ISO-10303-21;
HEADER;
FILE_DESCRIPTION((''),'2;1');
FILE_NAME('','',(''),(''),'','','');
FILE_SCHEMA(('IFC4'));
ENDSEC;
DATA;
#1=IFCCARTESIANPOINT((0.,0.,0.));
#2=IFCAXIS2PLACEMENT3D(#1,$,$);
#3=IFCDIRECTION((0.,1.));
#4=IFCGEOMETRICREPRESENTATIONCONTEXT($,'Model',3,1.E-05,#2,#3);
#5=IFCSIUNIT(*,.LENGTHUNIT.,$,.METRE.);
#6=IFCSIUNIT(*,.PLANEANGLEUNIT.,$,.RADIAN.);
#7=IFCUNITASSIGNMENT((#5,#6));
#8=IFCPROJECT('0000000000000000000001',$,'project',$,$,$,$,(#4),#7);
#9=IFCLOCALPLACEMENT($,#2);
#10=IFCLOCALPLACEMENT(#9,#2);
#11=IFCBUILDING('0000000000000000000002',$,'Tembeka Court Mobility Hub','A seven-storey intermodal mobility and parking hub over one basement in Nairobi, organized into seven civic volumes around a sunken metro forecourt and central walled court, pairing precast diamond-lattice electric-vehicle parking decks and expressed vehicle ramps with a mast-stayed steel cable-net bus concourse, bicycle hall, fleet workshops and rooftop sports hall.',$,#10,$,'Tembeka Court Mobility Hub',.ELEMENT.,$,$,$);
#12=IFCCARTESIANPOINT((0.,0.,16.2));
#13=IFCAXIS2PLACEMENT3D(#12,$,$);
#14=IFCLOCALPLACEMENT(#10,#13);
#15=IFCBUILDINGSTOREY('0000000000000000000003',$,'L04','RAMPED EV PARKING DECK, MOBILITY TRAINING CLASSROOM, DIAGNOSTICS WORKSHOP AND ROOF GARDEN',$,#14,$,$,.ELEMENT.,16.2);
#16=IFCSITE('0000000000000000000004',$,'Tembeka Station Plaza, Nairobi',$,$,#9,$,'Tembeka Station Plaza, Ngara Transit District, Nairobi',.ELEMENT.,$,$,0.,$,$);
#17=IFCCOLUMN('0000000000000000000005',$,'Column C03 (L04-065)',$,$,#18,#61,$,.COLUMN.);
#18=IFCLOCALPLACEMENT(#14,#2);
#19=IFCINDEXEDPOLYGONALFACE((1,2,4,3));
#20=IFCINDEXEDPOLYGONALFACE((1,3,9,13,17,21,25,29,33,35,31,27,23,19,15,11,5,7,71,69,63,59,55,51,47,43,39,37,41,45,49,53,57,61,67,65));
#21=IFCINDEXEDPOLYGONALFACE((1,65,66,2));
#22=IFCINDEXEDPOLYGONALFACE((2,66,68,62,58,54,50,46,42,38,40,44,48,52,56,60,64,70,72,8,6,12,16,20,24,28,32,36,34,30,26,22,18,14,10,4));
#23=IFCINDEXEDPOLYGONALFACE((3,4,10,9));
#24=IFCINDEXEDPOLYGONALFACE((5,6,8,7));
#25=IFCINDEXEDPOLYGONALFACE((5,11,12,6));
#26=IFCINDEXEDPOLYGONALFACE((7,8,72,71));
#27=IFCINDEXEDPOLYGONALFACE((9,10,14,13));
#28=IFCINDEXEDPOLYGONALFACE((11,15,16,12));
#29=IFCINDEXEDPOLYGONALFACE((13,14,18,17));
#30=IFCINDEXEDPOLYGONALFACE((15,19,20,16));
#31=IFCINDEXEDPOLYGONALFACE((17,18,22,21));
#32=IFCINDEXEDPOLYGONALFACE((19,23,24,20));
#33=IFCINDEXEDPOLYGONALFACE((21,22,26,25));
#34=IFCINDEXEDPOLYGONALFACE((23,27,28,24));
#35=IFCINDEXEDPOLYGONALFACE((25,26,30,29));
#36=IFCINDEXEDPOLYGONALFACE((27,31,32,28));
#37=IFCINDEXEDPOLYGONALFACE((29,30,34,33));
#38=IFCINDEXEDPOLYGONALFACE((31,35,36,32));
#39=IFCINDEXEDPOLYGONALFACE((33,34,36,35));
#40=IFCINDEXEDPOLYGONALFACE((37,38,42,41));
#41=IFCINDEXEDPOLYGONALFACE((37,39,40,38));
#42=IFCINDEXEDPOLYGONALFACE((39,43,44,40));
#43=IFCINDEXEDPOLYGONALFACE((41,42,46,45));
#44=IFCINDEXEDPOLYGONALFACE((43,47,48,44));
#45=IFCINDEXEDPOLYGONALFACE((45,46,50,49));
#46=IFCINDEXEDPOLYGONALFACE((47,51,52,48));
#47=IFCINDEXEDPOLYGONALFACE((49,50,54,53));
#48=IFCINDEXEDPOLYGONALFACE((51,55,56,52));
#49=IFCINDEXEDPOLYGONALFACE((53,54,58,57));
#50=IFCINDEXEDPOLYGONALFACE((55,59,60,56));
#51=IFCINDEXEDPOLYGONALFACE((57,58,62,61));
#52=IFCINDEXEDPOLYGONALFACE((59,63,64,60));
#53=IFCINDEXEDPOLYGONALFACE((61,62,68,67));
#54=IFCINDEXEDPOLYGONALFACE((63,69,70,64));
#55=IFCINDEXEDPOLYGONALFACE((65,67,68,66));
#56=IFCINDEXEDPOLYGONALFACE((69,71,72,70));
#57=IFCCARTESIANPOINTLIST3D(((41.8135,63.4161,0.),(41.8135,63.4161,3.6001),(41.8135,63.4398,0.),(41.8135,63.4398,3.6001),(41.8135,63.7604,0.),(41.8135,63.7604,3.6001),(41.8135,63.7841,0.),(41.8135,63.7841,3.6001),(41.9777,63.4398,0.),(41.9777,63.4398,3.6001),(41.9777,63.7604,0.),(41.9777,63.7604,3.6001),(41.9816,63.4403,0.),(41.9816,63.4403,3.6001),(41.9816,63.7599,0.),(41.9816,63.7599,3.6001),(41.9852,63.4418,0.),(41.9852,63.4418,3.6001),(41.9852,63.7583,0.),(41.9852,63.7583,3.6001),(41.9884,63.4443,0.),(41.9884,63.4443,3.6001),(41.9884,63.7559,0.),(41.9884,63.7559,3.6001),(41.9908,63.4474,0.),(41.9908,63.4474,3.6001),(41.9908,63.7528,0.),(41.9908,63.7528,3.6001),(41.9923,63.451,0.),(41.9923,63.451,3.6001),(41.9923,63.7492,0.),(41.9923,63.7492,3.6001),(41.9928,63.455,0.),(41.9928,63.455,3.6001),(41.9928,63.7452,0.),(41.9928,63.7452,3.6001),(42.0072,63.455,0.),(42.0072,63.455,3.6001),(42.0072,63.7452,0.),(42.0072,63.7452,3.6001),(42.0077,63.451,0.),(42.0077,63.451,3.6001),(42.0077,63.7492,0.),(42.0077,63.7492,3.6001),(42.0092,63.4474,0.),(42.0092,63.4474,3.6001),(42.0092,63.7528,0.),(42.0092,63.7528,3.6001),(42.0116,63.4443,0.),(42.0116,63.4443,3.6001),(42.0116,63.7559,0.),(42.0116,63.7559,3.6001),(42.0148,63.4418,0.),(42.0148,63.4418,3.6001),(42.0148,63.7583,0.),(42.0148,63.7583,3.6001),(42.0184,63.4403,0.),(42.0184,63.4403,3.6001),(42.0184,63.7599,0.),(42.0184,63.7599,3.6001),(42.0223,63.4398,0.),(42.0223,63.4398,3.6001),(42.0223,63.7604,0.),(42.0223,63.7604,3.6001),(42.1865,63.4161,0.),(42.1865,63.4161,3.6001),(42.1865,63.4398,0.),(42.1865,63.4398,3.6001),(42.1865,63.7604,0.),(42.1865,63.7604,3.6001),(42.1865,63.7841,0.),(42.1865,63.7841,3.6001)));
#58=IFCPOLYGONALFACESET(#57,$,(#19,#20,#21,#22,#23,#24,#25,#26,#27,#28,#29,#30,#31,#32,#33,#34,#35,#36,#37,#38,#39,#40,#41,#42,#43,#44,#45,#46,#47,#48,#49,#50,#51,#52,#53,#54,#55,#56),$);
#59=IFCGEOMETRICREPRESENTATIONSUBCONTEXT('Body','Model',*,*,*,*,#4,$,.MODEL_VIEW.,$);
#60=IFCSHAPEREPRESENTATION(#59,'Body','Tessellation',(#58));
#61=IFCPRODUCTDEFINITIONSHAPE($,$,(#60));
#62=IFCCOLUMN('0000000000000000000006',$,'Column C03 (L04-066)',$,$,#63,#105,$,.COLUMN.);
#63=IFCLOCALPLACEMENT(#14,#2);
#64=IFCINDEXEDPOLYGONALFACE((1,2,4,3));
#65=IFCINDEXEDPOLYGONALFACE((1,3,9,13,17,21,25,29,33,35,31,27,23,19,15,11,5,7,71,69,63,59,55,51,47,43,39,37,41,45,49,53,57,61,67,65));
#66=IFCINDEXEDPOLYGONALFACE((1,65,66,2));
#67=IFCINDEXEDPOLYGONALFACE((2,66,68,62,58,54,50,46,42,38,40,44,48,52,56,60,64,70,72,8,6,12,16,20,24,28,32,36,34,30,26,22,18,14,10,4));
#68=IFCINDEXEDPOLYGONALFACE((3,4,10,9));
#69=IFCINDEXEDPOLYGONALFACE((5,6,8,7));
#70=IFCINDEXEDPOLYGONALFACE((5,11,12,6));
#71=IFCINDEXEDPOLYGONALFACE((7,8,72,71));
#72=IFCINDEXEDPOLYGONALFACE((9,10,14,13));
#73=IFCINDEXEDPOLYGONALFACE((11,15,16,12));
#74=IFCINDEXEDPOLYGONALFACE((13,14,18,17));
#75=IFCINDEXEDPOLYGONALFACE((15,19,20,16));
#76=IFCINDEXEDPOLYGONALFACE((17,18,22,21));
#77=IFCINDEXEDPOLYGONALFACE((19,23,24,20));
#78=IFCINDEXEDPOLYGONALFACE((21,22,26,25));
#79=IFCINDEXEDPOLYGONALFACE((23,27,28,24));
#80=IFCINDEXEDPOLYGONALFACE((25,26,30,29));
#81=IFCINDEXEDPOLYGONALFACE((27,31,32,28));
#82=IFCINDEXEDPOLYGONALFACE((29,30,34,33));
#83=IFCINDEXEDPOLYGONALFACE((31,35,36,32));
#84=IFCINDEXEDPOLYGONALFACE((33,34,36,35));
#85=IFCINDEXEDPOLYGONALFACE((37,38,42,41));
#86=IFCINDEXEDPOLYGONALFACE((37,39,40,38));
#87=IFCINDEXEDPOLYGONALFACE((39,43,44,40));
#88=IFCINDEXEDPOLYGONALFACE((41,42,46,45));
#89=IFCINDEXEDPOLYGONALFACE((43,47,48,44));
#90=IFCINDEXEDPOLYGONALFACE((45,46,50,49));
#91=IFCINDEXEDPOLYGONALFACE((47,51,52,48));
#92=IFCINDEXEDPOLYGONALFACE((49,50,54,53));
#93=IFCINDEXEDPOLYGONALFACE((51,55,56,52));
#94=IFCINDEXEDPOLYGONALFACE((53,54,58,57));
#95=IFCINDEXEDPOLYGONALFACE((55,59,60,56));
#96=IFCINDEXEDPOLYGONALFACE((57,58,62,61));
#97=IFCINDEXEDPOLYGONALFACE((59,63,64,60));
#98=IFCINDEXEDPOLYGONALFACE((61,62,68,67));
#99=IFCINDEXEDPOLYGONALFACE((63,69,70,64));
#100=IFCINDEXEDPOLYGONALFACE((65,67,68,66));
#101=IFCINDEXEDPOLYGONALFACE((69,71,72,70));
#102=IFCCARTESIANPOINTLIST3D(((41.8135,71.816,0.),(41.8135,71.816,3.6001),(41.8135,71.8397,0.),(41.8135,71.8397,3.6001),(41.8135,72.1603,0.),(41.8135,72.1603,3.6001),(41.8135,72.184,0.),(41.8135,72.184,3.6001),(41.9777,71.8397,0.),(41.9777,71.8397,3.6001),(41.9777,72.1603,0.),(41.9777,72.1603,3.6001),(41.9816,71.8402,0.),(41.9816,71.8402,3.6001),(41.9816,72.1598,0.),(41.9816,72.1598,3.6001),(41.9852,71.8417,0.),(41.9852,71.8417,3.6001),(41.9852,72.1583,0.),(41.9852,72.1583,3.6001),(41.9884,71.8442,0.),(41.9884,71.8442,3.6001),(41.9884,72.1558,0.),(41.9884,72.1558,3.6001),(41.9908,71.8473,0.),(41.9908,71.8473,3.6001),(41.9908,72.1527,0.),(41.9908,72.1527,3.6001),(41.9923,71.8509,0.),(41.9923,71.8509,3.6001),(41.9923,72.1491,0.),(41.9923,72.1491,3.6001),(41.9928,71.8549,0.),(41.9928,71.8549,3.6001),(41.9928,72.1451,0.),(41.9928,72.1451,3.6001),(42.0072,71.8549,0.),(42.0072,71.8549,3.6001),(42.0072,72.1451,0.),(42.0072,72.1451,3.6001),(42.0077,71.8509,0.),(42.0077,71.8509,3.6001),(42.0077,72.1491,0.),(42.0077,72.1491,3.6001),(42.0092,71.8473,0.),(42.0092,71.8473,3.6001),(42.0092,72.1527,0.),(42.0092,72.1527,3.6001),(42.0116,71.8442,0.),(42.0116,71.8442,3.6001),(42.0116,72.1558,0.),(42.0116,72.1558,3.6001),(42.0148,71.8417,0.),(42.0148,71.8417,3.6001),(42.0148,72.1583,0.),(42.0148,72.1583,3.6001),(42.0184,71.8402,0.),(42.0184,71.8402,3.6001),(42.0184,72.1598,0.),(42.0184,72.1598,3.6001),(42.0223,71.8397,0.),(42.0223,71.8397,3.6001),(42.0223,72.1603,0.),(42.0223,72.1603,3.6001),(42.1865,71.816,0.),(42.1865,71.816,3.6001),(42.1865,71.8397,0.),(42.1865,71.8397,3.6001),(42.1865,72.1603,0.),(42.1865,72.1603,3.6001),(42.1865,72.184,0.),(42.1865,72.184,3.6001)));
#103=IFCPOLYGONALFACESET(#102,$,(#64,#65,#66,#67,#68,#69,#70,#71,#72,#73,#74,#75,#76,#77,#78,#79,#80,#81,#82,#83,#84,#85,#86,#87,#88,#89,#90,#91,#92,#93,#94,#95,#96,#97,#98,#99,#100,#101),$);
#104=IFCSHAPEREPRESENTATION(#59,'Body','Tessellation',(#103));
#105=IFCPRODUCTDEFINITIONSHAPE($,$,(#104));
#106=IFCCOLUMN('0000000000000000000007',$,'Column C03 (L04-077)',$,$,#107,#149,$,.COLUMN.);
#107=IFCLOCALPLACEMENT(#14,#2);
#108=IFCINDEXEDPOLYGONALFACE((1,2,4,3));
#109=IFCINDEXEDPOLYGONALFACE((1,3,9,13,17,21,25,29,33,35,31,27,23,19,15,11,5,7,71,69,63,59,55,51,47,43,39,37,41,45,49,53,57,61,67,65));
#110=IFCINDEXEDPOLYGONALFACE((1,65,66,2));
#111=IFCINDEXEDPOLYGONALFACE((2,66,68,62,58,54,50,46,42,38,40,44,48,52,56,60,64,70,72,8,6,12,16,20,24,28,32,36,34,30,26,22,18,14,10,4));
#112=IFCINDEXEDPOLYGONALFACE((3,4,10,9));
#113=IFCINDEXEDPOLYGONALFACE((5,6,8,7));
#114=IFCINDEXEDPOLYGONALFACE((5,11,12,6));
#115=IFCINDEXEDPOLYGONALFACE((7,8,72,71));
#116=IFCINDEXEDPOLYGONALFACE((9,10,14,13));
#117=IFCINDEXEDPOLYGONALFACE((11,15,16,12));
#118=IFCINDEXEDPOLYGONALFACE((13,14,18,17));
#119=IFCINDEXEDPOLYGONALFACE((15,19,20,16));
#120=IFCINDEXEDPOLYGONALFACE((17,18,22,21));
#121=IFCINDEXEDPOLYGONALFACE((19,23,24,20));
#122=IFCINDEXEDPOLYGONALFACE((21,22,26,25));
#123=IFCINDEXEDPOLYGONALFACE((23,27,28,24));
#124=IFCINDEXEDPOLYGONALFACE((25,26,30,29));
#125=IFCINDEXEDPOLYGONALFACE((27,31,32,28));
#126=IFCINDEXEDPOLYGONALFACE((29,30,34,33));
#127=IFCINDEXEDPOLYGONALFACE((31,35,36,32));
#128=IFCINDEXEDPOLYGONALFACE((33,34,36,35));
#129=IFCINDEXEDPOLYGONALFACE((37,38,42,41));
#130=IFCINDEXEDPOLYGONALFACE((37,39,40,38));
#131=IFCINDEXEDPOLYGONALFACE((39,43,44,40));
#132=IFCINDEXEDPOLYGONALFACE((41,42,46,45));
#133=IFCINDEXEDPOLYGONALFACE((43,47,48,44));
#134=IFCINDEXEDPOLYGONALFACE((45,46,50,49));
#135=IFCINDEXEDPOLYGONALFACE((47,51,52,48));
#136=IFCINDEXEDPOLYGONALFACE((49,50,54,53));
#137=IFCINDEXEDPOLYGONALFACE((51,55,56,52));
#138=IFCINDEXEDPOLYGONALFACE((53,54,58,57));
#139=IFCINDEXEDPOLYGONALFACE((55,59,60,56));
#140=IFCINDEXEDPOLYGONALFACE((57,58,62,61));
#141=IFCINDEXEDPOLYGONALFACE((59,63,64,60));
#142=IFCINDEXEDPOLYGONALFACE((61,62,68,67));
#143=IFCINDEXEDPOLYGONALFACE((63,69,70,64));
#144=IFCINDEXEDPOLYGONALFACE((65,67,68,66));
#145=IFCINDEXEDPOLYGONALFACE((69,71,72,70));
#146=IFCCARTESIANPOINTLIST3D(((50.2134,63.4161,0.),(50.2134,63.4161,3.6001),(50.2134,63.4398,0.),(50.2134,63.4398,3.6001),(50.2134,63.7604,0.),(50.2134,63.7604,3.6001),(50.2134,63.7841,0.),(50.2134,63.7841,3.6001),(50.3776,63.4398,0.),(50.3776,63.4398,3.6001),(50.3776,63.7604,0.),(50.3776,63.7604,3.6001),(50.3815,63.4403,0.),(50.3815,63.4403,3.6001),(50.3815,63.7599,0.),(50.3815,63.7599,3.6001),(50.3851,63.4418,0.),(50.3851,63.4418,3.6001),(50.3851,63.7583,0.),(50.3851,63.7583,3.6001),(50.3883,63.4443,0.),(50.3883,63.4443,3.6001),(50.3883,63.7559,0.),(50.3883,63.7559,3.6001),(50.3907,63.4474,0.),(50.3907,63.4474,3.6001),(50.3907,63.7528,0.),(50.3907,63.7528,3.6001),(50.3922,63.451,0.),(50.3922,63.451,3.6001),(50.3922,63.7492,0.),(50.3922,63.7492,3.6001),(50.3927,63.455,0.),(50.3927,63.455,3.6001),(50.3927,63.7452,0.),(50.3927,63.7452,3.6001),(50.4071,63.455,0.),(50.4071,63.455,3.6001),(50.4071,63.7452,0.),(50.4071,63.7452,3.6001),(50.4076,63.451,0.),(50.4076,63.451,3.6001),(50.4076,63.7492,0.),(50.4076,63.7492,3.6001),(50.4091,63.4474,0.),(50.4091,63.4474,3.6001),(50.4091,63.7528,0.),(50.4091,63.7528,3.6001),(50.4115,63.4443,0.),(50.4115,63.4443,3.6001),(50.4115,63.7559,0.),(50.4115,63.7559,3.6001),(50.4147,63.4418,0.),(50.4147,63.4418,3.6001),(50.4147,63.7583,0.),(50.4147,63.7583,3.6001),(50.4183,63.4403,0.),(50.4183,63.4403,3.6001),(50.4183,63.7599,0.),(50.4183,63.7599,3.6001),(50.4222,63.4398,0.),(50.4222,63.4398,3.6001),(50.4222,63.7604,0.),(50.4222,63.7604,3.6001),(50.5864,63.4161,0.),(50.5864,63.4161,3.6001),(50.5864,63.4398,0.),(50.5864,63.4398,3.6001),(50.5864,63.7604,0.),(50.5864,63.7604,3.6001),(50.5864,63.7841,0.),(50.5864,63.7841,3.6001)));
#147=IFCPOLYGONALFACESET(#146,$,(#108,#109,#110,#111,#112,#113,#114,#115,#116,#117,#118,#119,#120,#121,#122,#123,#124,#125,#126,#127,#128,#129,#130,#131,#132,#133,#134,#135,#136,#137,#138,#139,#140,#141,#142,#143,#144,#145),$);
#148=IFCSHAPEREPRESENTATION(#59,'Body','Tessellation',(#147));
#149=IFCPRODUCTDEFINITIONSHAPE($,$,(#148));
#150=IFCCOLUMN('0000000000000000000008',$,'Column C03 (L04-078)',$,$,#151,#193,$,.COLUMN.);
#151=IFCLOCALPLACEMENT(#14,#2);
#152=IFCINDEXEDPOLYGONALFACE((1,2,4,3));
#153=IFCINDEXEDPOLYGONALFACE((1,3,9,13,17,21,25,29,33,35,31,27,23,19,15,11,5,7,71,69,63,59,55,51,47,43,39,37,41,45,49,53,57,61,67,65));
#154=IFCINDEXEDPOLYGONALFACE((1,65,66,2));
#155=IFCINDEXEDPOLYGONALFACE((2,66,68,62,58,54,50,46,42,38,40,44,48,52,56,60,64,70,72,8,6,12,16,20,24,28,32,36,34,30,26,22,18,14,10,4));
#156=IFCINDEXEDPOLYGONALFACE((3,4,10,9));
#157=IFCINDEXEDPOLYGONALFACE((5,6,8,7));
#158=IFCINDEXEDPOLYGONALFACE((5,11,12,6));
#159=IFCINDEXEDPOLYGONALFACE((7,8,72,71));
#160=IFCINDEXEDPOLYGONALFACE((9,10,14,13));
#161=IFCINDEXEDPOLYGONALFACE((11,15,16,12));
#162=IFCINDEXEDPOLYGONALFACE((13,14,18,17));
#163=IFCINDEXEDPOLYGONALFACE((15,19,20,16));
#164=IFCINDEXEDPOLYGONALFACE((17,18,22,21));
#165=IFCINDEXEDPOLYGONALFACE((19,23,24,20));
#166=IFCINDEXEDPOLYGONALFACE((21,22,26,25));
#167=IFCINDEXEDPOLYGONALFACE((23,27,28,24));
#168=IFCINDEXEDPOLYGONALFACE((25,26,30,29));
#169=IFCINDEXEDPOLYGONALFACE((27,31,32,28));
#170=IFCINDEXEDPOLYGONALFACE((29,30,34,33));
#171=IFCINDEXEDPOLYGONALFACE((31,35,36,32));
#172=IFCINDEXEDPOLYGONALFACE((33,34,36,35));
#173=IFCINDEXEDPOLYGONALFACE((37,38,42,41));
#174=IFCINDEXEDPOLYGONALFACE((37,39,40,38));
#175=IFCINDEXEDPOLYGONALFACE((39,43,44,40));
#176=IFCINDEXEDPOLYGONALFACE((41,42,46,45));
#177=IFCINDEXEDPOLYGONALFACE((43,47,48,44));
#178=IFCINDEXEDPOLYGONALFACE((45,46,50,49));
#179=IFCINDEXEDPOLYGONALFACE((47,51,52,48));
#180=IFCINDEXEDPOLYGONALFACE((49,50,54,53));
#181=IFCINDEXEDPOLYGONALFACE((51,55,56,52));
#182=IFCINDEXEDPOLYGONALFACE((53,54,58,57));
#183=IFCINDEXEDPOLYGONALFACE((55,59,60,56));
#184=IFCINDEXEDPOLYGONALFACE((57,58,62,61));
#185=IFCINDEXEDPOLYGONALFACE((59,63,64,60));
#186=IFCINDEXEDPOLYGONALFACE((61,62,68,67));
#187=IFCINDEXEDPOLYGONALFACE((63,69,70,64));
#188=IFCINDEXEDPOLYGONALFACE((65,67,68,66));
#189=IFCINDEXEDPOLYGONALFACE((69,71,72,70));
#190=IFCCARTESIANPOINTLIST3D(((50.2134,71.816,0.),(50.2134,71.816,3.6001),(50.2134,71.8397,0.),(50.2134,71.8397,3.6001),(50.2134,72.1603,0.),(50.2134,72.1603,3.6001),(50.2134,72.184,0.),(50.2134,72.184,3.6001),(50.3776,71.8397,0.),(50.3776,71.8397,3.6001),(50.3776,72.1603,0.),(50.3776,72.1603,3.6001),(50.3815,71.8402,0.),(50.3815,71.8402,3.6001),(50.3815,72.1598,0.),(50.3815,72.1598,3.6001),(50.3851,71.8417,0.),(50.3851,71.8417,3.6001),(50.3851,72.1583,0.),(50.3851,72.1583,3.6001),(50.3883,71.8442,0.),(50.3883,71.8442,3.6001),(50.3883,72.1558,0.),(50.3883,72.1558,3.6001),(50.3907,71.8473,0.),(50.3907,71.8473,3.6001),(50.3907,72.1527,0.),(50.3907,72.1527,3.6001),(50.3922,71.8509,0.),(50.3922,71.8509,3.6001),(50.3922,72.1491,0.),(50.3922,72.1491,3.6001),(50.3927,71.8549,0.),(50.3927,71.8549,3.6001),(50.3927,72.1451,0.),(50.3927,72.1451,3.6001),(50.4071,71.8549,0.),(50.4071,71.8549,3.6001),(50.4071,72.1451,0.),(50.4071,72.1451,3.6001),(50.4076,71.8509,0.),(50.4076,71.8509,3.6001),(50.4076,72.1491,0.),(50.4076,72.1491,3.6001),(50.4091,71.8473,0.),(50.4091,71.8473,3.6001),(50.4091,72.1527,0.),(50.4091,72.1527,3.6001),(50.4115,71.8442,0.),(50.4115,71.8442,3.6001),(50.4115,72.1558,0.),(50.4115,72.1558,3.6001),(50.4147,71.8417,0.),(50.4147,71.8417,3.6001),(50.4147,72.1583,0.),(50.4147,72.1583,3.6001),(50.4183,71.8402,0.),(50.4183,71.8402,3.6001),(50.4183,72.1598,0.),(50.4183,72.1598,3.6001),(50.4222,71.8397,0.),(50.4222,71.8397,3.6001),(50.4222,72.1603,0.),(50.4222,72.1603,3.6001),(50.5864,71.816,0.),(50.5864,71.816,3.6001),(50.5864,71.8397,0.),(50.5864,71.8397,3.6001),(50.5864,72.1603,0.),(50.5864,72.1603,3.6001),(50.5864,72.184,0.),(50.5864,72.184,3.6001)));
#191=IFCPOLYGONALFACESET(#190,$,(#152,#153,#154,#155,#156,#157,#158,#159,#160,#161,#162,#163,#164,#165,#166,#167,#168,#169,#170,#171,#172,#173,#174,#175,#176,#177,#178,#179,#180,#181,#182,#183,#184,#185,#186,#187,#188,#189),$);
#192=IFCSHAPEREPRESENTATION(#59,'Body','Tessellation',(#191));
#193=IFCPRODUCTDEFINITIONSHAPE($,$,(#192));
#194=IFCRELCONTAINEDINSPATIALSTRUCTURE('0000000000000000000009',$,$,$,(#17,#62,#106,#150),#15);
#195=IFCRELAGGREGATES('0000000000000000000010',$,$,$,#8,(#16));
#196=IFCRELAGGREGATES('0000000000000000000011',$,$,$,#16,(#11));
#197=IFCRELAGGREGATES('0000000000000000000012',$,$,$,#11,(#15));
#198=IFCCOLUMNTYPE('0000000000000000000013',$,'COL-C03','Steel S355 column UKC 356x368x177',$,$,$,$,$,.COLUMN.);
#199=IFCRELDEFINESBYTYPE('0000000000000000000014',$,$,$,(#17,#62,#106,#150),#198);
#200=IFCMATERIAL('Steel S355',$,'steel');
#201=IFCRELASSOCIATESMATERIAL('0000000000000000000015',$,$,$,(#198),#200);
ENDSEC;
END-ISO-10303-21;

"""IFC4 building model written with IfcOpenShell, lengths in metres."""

from ifc_helpers import new_model, si_unit, direction, frame, origin, origin_2d, place, context, subcontext, project, spatial, i_section, extrude, material, material_profile, profile_set, type_object, element, save


model = new_model("IFC4")

# Units and contexts
model_context = context("Model", 3, precision=1e-05, world=origin(), true_north=direction((0.0, 1.0)))
body_context = subcontext(model_context, "Body", "Model", "MODEL_VIEW")
ifc_project = project(units=[si_unit("LENGTHUNIT", "METRE"), si_unit("PLANEANGLEUNIT", "RADIAN")], contexts=[model_context])

# Site, building, storey
site_placement = place(None, origin())
site = spatial("IfcSite", under=ifc_project, at=site_placement, Name="Tembeka Station Plaza, Nairobi", LongName="Tembeka Station Plaza, Ngara Transit District, Nairobi", CompositionType="ELEMENT", RefElevation=0.0)
building_placement = place(site_placement, origin())
building = spatial("IfcBuilding", under=site, at=building_placement, Name="Tembeka Court Mobility Hub", Description="A seven-storey intermodal mobility and parking hub over one basement in Nairobi, organized into seven civic volumes around a sunken metro forecourt and central walled court, pairing precast diamond-lattice electric-vehicle parking decks and expressed vehicle ramps with a mast-stayed steel cable-net bus concourse, bicycle hall, fleet workshops and rooftop sports hall.", LongName="Tembeka Court Mobility Hub", CompositionType="ELEMENT")
storey_placement = place(building_placement, frame((0.0, 0.0, 16.2)))
storey = spatial("IfcBuildingStorey", under=building, at=storey_placement, Name="L04", Description="RAMPED EV PARKING DECK, MOBILITY TRAINING CLASSROOM, DIAGNOSTICS WORKSHOP AND ROOF GARDEN", CompositionType="ELEMENT", Elevation=16.2)

# Columns
ifc_material_1 = material(Name="Steel S355", Category="steel")
ifc_material_profile_1 = material_profile(ifc_material_1, i_section(OverallWidth=0.373, OverallDepth=0.3679, WebThickness=0.0144, FlangeThickness=0.0237, FilletRadius=0.0151, at=origin_2d()), Name="UKC 356x368x177")
ifc_profile_set_1 = profile_set([ifc_material_profile_1], Name="Steel S355")
column_type = type_object("IfcColumnType", Name="COL-C03", Description="Steel S355 column UKC 356x368x177", PredefinedType="COLUMN", material=ifc_profile_set_1)
for number, where, z_axis, x_axis, name in (
    (1, (42.0, 63.6001, 0.0), (0.0, 0.0, 1.0), (1.0, 0.0, 0.0), "Column C03 (L04-065)"),
    (2, (42.0, 72.0, 0.0), (0.0, 0.0, 1.0), (1.0, 0.0, 0.0), "Column C03 (L04-066)"),
    (3, (50.3999, 63.6001, 0.0), (0.0, 0.0, 1.0), (1.0, 0.0, 0.0), "Column C03 (L04-077)"),
    (4, (50.3999, 72.0, 0.0), (0.0, 0.0, 1.0), (1.0, 0.0, 0.0), "Column C03 (L04-078)"),
):
    element("IfcColumn", number, at=place(storey_placement, frame(where, z_axis=z_axis, x_axis=x_axis)), inside=storey, type_object=column_type, Name=name, PredefinedType="COLUMN", context=body_context, shape_type="SweptSolid", body=[
        extrude(i_section(OverallWidth=0.373, OverallDepth=0.3679, WebThickness=0.0144, FlangeThickness=0.0237, FilletRadius=0.0151, at=origin_2d()), origin(), (0.0, 0.0, 1.0), 3.6001),
    ])

save(model, "model.ifc")
